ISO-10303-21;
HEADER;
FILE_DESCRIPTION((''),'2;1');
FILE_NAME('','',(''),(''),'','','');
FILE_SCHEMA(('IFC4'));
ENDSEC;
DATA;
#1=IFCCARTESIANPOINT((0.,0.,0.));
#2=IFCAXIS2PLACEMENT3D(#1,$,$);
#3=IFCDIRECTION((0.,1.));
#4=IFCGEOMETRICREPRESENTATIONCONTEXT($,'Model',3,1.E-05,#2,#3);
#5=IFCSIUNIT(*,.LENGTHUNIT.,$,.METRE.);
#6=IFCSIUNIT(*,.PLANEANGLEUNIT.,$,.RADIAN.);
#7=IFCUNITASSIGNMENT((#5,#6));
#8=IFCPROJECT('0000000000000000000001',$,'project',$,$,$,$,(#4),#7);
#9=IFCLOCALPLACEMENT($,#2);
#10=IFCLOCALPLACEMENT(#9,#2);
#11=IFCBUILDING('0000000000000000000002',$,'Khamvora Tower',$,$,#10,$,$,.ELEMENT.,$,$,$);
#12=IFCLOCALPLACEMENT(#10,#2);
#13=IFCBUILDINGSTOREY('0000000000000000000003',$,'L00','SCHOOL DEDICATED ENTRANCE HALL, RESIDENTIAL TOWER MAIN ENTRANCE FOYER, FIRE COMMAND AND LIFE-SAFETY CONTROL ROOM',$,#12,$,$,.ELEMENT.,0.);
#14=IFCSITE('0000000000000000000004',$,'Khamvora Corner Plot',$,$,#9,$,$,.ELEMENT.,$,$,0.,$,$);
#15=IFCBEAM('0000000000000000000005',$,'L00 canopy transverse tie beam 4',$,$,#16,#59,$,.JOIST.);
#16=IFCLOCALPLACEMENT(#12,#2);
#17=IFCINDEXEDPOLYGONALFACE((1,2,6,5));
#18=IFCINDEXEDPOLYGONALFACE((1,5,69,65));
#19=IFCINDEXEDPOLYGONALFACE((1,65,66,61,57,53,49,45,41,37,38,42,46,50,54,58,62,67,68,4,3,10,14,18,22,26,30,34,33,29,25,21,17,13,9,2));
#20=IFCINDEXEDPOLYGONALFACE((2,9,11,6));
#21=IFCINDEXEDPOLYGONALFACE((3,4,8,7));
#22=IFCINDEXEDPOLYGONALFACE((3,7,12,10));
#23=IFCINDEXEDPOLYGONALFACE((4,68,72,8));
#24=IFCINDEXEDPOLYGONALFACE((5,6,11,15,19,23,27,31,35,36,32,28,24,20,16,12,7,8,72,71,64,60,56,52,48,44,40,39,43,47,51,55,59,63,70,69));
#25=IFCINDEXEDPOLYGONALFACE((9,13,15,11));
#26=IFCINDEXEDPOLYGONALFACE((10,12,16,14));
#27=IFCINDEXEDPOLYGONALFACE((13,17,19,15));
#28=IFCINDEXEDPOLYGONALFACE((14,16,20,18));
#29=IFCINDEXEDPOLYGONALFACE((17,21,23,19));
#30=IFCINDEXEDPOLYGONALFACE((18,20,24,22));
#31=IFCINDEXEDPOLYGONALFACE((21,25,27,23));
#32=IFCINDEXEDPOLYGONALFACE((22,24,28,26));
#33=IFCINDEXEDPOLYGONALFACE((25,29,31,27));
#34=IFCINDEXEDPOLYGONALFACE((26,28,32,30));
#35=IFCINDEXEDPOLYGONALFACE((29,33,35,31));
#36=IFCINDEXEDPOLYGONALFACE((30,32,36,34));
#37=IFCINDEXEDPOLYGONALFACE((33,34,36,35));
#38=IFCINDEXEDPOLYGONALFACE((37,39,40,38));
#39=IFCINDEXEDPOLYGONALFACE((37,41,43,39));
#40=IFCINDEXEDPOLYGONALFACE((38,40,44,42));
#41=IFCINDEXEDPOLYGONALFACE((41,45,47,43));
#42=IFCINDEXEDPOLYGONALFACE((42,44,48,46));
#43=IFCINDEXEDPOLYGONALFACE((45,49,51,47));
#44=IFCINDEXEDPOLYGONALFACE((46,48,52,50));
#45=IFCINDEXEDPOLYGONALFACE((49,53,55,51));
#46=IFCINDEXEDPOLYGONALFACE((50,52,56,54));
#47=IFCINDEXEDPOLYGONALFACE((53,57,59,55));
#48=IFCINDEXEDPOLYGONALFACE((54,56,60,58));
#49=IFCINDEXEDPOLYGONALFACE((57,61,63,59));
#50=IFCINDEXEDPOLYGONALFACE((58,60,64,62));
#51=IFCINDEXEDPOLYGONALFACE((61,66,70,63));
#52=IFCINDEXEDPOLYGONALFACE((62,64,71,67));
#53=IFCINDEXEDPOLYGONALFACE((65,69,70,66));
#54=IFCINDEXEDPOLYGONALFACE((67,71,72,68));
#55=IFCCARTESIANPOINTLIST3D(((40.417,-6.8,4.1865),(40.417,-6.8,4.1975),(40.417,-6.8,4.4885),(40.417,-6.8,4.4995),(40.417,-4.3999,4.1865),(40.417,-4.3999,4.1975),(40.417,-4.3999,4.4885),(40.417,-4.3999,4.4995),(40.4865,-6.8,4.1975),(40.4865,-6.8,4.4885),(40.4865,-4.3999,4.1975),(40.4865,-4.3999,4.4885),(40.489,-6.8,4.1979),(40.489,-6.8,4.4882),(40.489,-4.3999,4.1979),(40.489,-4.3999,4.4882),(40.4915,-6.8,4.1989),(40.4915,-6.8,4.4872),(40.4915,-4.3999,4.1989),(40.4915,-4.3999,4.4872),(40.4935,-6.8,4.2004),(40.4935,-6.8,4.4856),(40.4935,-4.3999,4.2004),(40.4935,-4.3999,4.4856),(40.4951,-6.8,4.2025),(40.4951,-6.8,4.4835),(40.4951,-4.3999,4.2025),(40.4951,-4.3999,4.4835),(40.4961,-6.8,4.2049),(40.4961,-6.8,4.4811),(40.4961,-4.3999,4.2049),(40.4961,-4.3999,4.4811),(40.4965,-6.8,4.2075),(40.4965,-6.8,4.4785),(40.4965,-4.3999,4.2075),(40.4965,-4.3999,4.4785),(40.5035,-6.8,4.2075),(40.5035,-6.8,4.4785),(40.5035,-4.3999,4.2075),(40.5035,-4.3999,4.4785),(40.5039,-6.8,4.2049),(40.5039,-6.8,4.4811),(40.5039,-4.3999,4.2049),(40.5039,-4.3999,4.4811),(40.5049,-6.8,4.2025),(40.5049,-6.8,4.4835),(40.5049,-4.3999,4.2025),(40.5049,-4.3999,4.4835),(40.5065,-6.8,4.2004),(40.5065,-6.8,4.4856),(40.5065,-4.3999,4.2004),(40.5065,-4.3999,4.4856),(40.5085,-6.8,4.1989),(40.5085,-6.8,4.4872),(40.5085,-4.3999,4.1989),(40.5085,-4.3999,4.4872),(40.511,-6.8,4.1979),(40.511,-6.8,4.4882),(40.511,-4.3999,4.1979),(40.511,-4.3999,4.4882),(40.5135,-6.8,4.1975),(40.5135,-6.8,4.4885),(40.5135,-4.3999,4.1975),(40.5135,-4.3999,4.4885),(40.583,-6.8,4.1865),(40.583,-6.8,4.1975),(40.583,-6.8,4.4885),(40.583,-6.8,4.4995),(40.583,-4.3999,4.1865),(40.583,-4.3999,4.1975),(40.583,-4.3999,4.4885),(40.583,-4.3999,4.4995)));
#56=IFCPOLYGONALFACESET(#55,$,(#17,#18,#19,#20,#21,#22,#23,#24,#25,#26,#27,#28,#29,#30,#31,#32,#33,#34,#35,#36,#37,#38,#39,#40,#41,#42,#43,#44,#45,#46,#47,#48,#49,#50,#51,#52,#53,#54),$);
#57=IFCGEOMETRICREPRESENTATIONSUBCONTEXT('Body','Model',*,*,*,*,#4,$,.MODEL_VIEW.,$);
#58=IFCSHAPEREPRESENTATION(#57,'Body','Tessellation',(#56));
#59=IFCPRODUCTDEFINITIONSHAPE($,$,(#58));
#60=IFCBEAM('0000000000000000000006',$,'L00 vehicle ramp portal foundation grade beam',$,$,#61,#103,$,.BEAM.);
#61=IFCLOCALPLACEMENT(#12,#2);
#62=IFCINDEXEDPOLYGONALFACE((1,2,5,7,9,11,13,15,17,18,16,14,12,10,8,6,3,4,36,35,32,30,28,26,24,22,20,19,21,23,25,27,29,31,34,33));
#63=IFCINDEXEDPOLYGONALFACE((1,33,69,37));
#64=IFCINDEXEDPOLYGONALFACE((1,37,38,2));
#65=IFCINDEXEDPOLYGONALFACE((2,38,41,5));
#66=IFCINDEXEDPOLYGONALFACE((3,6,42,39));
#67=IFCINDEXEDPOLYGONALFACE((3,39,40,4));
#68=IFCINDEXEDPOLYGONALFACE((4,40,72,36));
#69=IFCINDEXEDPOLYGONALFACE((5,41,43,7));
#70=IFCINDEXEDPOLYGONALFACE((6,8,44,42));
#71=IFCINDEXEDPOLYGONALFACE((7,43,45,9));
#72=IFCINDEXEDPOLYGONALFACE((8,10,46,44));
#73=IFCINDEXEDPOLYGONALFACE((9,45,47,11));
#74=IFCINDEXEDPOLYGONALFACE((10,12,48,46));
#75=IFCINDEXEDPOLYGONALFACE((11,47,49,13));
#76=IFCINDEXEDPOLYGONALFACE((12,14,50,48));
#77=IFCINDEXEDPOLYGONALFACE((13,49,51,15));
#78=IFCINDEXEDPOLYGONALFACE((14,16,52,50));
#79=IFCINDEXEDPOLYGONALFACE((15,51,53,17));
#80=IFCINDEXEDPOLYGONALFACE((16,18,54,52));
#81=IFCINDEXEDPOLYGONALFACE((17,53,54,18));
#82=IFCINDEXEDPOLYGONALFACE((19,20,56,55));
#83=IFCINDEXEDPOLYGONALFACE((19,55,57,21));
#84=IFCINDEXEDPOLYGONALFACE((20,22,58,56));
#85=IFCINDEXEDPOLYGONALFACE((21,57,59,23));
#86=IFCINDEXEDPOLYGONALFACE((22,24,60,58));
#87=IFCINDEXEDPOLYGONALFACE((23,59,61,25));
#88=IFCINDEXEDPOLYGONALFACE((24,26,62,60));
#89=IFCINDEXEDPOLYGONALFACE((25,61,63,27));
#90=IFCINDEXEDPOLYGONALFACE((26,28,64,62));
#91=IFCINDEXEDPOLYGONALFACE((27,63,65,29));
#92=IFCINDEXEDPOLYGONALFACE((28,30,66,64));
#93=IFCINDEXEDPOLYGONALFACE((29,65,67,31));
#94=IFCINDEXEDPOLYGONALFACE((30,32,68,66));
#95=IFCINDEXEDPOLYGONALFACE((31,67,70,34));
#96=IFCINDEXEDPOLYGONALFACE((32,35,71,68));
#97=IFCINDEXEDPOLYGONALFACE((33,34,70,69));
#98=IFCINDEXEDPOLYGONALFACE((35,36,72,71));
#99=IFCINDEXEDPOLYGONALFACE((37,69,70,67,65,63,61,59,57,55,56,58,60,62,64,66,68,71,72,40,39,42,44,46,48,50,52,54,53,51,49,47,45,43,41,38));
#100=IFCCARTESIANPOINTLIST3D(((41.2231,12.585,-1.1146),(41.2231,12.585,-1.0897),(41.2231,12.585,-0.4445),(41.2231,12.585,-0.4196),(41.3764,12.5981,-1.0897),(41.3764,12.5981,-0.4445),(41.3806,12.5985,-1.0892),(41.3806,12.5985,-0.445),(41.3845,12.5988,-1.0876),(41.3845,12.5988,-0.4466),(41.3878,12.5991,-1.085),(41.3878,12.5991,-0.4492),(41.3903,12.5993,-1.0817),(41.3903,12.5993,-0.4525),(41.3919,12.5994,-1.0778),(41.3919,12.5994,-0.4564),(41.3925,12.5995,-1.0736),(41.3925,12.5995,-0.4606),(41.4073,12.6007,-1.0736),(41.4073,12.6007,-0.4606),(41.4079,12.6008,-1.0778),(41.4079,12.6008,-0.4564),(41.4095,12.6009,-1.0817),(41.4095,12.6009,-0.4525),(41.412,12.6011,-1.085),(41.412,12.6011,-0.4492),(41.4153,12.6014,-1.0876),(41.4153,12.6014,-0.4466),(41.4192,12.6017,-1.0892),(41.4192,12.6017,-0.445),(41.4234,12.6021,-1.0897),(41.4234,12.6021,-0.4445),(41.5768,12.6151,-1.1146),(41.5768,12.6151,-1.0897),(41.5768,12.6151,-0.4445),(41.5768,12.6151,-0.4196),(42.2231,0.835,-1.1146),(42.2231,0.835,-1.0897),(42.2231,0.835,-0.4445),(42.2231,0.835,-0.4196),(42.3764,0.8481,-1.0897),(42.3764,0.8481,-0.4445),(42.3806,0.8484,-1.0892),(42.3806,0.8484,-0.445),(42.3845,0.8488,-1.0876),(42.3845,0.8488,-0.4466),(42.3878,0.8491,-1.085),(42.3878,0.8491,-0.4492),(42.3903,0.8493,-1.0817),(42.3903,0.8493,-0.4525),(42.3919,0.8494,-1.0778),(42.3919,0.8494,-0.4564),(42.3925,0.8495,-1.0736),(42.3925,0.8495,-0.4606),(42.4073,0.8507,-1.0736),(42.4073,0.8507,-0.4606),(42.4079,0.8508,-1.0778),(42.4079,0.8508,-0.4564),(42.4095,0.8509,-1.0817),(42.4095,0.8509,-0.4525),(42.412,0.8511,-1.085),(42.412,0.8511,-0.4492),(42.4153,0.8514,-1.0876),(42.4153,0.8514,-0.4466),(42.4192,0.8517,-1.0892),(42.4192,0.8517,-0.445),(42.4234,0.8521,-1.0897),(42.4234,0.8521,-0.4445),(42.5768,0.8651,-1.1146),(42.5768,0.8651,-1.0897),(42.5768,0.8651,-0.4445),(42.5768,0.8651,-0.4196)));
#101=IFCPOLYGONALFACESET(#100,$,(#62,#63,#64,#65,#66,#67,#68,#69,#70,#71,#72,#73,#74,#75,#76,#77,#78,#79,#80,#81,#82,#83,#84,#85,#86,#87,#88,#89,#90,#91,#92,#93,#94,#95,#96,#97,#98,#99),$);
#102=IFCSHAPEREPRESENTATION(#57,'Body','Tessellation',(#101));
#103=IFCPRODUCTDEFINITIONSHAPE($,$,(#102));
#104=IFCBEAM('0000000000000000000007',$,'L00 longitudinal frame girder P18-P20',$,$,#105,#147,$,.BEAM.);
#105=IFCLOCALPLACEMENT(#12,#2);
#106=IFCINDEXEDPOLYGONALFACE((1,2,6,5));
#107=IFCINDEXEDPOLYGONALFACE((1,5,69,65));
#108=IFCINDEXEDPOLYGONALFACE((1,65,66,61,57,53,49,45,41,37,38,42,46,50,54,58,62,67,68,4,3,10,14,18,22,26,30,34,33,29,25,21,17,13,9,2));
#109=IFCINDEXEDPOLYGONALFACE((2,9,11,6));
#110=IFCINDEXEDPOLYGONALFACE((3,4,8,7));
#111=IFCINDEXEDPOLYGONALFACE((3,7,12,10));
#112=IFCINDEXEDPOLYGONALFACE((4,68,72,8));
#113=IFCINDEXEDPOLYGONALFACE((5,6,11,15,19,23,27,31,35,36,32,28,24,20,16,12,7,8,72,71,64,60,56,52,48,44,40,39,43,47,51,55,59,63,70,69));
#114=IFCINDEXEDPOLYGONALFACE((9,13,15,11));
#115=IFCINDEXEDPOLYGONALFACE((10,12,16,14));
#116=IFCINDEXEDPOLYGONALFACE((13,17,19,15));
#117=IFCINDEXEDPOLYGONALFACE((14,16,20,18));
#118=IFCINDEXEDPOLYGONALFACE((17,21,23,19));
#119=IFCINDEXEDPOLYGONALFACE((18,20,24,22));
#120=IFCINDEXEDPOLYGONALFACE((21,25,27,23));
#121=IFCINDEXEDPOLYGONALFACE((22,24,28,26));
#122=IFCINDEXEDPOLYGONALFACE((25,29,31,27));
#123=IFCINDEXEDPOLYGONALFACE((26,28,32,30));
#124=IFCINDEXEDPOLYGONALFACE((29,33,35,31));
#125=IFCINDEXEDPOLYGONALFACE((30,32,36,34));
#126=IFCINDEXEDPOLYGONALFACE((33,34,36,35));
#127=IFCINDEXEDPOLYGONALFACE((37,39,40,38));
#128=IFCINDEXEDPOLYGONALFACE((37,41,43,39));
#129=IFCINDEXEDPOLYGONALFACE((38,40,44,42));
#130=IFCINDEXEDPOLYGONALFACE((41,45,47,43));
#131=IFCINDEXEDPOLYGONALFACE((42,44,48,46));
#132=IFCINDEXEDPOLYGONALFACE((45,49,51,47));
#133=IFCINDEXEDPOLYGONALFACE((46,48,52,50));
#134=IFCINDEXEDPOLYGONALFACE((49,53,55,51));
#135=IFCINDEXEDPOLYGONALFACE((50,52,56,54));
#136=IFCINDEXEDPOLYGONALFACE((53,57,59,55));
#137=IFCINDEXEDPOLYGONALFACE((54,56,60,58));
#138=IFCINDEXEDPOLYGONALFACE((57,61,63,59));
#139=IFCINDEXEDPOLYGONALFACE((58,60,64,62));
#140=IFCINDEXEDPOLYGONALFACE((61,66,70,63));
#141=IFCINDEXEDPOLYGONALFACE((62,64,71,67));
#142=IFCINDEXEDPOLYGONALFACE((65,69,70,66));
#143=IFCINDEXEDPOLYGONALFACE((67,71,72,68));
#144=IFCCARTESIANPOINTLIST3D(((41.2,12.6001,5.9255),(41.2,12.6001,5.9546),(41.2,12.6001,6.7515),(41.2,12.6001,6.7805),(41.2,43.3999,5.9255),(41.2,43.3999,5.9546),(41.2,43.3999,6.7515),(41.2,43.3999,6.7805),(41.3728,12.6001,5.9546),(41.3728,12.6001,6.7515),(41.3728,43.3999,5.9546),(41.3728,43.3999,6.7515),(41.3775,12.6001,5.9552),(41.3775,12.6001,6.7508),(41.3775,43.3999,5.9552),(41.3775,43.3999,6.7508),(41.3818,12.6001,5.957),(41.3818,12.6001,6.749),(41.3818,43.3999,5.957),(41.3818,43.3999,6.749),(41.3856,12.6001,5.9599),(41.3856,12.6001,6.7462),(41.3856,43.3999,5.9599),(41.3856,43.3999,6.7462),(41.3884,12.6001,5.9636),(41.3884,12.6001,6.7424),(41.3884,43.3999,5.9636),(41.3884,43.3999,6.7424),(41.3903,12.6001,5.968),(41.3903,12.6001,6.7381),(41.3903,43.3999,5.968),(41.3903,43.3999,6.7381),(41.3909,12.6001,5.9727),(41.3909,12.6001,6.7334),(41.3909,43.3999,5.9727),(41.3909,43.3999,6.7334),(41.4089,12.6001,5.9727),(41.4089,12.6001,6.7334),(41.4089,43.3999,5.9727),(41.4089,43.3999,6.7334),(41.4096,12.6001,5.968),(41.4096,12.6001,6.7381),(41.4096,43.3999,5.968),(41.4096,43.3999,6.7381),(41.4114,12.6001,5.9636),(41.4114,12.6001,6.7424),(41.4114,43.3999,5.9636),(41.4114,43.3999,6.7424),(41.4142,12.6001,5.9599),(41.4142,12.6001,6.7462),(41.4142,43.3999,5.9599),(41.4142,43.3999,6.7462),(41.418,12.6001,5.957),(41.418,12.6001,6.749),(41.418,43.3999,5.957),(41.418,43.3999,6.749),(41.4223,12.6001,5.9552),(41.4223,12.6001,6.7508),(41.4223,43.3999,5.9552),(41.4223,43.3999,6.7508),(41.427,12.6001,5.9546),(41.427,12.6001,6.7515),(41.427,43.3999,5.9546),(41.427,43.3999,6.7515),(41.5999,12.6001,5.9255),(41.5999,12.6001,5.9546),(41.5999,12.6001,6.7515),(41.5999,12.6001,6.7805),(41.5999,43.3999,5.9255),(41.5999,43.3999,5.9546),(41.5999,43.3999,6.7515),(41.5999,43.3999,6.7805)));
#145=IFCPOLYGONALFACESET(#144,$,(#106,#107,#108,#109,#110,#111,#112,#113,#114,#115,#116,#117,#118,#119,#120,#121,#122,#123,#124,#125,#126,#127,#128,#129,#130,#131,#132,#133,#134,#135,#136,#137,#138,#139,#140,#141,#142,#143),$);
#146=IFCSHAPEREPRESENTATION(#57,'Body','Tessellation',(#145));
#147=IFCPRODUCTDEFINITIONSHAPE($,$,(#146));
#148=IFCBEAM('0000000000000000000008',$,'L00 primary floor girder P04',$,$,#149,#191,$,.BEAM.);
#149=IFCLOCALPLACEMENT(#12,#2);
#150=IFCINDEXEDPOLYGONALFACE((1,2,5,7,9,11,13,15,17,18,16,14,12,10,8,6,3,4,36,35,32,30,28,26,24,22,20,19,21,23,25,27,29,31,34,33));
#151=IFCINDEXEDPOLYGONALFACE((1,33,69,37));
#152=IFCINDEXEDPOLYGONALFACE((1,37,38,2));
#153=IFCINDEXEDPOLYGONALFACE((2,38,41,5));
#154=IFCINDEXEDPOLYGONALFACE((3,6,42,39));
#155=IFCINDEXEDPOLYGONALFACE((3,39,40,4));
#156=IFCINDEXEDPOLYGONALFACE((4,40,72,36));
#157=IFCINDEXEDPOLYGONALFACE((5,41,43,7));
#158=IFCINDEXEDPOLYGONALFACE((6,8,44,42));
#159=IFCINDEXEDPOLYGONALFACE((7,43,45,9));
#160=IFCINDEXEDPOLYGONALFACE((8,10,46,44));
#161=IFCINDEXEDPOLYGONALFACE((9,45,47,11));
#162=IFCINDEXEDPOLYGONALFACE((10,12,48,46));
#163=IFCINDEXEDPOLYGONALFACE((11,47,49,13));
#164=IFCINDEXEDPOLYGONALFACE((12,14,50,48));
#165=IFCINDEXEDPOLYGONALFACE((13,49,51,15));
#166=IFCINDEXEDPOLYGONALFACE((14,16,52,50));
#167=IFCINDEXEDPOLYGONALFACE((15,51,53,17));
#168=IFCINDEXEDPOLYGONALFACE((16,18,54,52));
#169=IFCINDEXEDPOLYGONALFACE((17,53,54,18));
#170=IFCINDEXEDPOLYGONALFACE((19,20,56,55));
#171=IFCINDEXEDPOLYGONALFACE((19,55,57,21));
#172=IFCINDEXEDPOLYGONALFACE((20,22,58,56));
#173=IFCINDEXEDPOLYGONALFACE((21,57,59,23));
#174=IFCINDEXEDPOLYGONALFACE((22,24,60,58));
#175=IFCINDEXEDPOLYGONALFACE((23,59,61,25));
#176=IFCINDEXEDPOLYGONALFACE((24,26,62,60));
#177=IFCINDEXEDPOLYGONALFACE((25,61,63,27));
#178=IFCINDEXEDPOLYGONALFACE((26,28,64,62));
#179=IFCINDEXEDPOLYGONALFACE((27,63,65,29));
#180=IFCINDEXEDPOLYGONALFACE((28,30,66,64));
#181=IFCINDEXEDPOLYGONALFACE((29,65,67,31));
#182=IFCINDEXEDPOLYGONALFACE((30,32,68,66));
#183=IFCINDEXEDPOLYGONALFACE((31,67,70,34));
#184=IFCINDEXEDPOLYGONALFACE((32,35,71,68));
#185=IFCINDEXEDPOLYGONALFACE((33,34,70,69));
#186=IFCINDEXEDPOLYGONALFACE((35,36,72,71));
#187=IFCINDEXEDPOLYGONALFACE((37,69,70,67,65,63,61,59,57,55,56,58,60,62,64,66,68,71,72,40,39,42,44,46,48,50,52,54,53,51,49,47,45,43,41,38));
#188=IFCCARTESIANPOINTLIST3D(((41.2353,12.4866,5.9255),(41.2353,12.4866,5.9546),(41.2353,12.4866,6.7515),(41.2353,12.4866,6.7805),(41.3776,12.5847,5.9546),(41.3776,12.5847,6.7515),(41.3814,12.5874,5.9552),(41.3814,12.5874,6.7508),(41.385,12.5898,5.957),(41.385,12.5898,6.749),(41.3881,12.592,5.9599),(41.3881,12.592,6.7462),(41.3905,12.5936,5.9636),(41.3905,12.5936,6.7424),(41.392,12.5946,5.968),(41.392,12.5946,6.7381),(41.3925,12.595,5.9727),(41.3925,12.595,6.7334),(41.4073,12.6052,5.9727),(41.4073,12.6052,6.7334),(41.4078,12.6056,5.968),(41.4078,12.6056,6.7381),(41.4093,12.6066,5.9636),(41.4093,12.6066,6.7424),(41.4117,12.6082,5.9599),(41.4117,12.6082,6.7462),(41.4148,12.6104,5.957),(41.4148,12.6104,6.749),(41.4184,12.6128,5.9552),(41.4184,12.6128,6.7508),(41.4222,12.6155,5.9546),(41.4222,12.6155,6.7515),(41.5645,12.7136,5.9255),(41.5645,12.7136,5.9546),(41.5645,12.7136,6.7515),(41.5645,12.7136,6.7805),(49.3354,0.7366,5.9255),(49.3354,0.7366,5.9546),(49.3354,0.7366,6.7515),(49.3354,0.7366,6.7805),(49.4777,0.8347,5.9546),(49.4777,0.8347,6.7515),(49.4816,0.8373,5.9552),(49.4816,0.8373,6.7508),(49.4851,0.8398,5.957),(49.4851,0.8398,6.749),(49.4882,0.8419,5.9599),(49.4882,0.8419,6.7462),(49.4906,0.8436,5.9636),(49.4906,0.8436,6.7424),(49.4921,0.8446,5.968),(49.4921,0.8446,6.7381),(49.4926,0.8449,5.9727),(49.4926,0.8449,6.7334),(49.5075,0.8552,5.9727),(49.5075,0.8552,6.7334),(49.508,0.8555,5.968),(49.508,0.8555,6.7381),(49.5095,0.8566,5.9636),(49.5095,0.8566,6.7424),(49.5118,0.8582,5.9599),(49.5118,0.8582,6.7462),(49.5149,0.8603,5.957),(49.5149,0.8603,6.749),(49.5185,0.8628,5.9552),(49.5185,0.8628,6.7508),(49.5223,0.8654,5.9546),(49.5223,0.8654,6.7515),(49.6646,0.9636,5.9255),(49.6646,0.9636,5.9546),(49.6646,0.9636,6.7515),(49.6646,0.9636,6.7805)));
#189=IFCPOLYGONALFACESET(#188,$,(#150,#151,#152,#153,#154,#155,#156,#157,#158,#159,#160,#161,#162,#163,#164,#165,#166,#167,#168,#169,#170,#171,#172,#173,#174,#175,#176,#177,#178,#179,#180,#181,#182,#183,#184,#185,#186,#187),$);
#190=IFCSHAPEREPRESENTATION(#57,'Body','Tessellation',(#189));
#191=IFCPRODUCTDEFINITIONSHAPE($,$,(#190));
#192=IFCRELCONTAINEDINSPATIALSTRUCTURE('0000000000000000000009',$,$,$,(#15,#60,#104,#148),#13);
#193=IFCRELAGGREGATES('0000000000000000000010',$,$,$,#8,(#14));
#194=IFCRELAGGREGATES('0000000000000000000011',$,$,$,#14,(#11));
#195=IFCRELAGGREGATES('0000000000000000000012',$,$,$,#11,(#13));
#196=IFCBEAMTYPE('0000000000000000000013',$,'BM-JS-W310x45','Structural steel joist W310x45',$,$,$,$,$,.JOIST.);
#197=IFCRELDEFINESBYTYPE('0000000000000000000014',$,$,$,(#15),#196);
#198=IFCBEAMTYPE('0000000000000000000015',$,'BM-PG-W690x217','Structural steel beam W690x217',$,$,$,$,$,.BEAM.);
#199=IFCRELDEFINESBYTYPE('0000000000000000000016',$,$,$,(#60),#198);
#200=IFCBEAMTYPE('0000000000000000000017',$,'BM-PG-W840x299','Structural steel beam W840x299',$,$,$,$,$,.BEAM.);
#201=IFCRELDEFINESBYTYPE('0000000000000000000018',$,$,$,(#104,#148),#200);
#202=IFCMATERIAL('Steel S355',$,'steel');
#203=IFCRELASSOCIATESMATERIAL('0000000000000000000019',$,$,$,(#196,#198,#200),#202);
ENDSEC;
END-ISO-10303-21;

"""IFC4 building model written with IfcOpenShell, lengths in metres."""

from ifc_helpers import new_model, si_unit, direction, frame, origin, origin_2d, place, context, subcontext, project, spatial, i_section, extrude, material, material_profile, profile_set, type_object, element, save


model = new_model("IFC4")

# Units and contexts
model_context = context("Model", 3, precision=1e-05, world=origin(), true_north=direction((0.0, 1.0)))
body_context = subcontext(model_context, "Body", "Model", "MODEL_VIEW")
ifc_project = project(units=[si_unit("LENGTHUNIT", "METRE"), si_unit("PLANEANGLEUNIT", "RADIAN")], contexts=[model_context])

# Site, building, storey
site_placement = place(None, origin())
site = spatial("IfcSite", under=ifc_project, at=site_placement, Name="Khamvora Corner Plot", CompositionType="ELEMENT", RefElevation=0.0)
building_placement = place(site_placement, origin())
building = spatial("IfcBuilding", under=site, at=building_placement, Name="Khamvora Tower", CompositionType="ELEMENT")
storey_placement = place(building_placement, origin())
storey = spatial("IfcBuildingStorey", under=building, at=storey_placement, Name="L00", Description="SCHOOL DEDICATED ENTRANCE HALL, RESIDENTIAL TOWER MAIN ENTRANCE FOYER, FIRE COMMAND AND LIFE-SAFETY CONTROL ROOM", CompositionType="ELEMENT", Elevation=0.0)

# Shared definitions
ifc_material_1 = material(Name="Steel S355", Category="steel")

# Beams
ifc_material_profile_1 = material_profile(ifc_material_1, i_section(OverallWidth=0.166, OverallDepth=0.313, WebThickness=0.0071, FlangeThickness=0.011, FilletRadius=0.01, at=origin_2d()), Name="W310x45")
ifc_profile_set_1 = profile_set([ifc_material_profile_1], Name="Steel S355")
beam_type_1 = type_object("IfcBeamType", Name="BM-JS-W310x45", Description="Structural steel joist W310x45", PredefinedType="JOIST", material=ifc_profile_set_1)
for number, where, z_axis, x_axis, name in (
    (1, (40.5, -6.8, 4.343), (0.0, 1.0, 0.0), (-1.0, 0.0, 0.0), "L00 canopy transverse tie beam 4"),
):
    element("IfcBeam", number, at=place(storey_placement, frame(where, z_axis=z_axis, x_axis=x_axis)), inside=storey, type_object=beam_type_1, Name=name, PredefinedType="JOIST", context=body_context, shape_type="SweptSolid", body=[
        extrude(i_section(OverallWidth=0.166, OverallDepth=0.313, WebThickness=0.0071, FlangeThickness=0.011, FilletRadius=0.01, at=origin_2d()), origin(), (0.0, 0.0, 1.0), 2.4001),
    ])
ifc_material_profile_2 = material_profile(ifc_material_1, i_section(OverallWidth=0.355, OverallDepth=0.6951, WebThickness=0.0149, FlangeThickness=0.0249, FilletRadius=0.0161, at=origin_2d()), Name="W690x217")
ifc_profile_set_2 = profile_set([ifc_material_profile_2], Name="Steel S355")
beam_type_2 = type_object("IfcBeamType", Name="BM-PG-W690x217", Description="Structural steel beam W690x217", PredefinedType="BEAM", material=ifc_profile_set_2)
beam_1_placement = place(storey_placement, frame((41.3999, 12.6001, -0.7671), z_axis=(0.0848, -0.996398, 0.0), x_axis=(0.996398, 0.0848, 0.0)))
element("IfcBeam", 2, at=beam_1_placement, inside=storey, type_object=beam_type_2, Name="L00 vehicle ramp portal foundation grade beam", PredefinedType="BEAM", context=body_context, shape_type="SweptSolid", body=[
    extrude(i_section(OverallWidth=0.355, OverallDepth=0.6951, WebThickness=0.0149, FlangeThickness=0.0249, FilletRadius=0.0161, at=origin_2d()), origin(), (0.0, 0.0, 1.0), 11.7925),
])
ifc_material_profile_3 = material_profile(ifc_material_1, i_section(OverallWidth=0.3999, OverallDepth=0.855, WebThickness=0.0181, FlangeThickness=0.0291, FilletRadius=0.0181, at=origin_2d()), Name="W840x299")
ifc_profile_set_3 = profile_set([ifc_material_profile_3], Name="Steel S355")
beam_type_3 = type_object("IfcBeamType", Name="BM-PG-W840x299", Description="Structural steel beam W840x299", PredefinedType="BEAM", material=ifc_profile_set_3)
beam_2_placement = place(storey_placement, frame((41.3999, 12.6001, 6.353), z_axis=(0.0, 1.0, 0.0), x_axis=(-1.0, 0.0, 0.0)))
element("IfcBeam", 3, at=beam_2_placement, inside=storey, type_object=beam_type_3, Name="L00 longitudinal frame girder P18-P20", PredefinedType="BEAM", context=body_context, shape_type="SweptSolid", body=[
    extrude(i_section(OverallWidth=0.3999, OverallDepth=0.855, WebThickness=0.0181, FlangeThickness=0.0291, FilletRadius=0.0181, at=origin_2d()), origin(), (0.0, 0.0, 1.0), 30.7998),
])
beam_3_placement = place(storey_placement, frame((41.3999, 12.6001, 6.353), z_axis=(0.567574, -0.823322, 0.0), x_axis=(0.823322, 0.567574, 0.0)))
element("IfcBeam", 4, at=beam_3_placement, inside=storey, type_object=beam_type_3, Name="L00 primary floor girder P04", PredefinedType="BEAM", context=body_context, shape_type="SweptSolid", body=[
    extrude(i_section(OverallWidth=0.3999, OverallDepth=0.855, WebThickness=0.0181, FlangeThickness=0.0291, FilletRadius=0.0181, at=origin_2d()), origin(), (0.0, 0.0, 1.0), 14.2715),
])

save(model, "model.ifc")
